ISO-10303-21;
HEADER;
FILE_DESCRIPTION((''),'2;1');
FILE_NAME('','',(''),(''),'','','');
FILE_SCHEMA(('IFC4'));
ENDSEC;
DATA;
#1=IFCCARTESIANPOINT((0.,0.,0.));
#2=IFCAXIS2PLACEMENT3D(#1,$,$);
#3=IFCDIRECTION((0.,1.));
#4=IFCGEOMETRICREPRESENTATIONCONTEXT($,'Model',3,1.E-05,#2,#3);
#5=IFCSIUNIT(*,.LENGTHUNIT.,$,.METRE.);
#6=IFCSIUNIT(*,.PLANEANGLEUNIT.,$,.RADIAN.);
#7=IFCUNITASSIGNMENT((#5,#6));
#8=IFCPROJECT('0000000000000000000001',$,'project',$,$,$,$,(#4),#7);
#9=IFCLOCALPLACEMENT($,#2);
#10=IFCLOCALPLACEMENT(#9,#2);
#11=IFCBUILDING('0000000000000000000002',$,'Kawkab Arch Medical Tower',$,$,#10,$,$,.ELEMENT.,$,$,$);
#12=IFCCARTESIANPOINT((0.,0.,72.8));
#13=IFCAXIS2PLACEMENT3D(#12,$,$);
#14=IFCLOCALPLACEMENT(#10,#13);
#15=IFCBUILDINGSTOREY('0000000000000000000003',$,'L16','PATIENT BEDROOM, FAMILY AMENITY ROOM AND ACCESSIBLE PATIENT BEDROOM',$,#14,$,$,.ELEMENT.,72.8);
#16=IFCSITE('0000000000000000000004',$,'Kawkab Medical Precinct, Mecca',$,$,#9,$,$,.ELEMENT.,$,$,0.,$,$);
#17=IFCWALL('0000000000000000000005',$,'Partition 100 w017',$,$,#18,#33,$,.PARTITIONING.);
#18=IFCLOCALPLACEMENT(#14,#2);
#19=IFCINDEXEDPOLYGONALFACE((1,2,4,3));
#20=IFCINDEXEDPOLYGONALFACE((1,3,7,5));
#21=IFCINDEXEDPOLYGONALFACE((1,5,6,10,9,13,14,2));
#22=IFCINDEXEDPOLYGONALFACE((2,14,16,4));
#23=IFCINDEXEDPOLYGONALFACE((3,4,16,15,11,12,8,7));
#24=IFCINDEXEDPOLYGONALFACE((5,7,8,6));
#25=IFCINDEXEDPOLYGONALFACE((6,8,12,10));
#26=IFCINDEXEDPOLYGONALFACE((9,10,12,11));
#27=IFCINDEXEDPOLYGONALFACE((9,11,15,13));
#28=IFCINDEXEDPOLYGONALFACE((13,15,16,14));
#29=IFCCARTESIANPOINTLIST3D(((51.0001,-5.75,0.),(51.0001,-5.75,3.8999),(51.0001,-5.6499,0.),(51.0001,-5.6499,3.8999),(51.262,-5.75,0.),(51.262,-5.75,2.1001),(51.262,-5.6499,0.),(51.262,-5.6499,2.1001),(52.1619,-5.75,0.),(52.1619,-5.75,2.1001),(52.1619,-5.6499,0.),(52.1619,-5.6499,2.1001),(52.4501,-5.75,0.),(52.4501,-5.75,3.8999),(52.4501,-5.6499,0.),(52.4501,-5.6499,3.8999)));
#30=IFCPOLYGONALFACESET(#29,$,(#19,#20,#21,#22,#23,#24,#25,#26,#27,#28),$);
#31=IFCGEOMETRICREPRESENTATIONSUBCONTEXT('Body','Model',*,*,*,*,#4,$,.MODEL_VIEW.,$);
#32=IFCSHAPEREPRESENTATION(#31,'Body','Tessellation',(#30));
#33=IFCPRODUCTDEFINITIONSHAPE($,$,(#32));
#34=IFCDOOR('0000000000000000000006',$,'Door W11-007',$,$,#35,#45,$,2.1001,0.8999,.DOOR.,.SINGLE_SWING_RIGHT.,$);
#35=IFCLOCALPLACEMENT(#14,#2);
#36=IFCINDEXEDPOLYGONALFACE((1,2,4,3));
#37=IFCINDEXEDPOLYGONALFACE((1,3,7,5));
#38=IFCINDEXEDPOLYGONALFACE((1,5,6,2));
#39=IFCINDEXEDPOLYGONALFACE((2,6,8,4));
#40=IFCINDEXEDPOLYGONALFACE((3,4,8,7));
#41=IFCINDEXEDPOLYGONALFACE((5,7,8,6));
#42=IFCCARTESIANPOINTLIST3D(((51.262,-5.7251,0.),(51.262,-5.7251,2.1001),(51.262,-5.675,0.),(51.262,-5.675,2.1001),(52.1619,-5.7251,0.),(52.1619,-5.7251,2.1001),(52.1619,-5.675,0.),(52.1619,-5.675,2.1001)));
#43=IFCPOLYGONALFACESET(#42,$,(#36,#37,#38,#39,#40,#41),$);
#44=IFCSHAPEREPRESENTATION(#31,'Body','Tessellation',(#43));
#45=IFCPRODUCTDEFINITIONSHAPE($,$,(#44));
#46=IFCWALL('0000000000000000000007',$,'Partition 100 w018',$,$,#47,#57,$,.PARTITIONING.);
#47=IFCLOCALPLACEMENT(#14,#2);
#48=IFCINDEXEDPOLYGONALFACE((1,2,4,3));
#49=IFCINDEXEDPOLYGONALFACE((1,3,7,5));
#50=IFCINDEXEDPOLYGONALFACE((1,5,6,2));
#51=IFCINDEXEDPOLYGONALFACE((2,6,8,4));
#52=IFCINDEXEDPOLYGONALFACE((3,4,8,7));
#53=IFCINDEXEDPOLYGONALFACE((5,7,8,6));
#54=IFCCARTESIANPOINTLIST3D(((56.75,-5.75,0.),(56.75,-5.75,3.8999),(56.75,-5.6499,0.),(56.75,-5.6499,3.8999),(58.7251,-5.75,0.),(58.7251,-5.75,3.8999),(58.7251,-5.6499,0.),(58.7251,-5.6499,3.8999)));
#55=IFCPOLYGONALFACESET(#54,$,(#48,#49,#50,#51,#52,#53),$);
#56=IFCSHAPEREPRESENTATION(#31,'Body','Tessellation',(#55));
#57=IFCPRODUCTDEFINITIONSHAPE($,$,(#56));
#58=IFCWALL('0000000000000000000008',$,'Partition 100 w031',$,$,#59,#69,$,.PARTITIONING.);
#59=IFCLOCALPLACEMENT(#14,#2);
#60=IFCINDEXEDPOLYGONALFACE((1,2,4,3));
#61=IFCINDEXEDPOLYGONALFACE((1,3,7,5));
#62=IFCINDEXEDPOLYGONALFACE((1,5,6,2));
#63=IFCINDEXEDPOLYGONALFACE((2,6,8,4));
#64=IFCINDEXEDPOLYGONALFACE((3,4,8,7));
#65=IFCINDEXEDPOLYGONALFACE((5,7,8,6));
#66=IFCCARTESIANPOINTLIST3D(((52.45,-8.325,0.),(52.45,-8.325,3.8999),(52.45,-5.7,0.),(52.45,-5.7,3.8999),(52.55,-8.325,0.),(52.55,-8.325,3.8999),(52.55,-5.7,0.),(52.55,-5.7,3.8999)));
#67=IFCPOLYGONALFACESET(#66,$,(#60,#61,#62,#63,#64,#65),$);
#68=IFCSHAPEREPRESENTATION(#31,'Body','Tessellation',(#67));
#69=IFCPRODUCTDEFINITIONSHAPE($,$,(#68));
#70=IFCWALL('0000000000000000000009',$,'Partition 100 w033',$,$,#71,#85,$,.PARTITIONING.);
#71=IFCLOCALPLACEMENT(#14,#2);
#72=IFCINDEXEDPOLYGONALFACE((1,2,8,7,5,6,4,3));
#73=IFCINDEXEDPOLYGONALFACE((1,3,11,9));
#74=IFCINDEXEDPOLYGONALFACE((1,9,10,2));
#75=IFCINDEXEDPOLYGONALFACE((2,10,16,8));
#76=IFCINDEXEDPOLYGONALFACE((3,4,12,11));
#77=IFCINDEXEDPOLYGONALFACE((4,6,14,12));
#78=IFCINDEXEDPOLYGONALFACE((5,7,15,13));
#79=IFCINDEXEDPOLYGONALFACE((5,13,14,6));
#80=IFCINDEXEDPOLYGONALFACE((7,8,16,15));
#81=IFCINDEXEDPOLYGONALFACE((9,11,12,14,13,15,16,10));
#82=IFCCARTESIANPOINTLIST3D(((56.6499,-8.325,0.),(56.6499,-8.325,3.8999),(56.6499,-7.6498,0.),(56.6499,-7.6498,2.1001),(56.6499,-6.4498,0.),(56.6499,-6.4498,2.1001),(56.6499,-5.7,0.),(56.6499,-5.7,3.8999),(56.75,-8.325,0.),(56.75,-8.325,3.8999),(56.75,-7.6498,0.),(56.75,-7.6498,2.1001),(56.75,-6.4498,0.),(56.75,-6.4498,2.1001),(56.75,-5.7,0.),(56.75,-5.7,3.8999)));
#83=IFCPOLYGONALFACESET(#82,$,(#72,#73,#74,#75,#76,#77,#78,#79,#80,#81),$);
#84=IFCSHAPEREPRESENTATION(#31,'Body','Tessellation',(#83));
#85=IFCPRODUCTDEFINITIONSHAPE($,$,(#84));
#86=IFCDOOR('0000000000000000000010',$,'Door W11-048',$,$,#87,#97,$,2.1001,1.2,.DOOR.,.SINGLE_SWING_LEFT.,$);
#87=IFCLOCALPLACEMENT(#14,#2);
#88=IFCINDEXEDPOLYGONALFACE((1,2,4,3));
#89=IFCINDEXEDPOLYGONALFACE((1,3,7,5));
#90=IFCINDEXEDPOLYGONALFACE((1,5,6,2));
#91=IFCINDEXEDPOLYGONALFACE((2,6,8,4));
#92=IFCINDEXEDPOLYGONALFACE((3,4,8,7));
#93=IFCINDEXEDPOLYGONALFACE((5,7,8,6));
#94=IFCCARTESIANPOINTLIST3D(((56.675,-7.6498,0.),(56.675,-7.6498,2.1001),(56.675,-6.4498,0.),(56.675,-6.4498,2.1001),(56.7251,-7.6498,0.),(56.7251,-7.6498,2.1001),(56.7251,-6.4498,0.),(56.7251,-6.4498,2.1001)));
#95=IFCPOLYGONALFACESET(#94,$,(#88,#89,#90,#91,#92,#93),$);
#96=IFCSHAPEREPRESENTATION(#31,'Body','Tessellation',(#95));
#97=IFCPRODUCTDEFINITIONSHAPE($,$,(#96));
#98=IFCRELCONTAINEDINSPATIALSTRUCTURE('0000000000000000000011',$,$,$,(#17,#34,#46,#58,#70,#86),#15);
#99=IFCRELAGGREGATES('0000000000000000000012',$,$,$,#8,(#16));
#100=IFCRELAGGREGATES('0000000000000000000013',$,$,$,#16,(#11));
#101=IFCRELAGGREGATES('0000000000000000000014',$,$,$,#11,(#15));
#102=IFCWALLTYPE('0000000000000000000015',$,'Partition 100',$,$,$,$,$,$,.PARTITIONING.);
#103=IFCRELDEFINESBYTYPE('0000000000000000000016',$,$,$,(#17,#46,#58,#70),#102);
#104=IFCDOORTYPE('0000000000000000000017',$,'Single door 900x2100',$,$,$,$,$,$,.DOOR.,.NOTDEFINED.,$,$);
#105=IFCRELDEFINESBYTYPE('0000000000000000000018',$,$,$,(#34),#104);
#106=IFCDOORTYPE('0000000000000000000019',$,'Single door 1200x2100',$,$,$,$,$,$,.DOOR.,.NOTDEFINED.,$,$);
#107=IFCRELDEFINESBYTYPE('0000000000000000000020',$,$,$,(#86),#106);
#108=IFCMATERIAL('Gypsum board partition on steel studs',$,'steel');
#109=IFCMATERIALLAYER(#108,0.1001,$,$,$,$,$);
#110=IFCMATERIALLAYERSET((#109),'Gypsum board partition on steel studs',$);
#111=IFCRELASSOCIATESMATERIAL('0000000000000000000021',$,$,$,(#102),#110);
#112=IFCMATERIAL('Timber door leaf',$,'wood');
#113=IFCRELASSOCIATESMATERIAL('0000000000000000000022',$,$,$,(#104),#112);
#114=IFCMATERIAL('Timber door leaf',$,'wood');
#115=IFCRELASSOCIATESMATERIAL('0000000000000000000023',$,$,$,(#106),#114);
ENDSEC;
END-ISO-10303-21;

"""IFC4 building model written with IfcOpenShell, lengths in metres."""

from ifc_helpers import new_model, si_unit, direction, frame, frame_2d, origin, place, context, subcontext, project, spatial, rectangle, extrude, material, layer, layer_set, type_object, element, fill, save


model = new_model("IFC4")

# Units and contexts
model_context = context("Model", 3, precision=1e-05, world=origin(), true_north=direction((0.0, 1.0)))
body_context = subcontext(model_context, "Body", "Model", "MODEL_VIEW")
ifc_project = project(units=[si_unit("LENGTHUNIT", "METRE"), si_unit("PLANEANGLEUNIT", "RADIAN")], contexts=[model_context])

# Site, building, storey
site_placement = place(None, origin())
site = spatial("IfcSite", under=ifc_project, at=site_placement, Name="Kawkab Medical Precinct, Mecca", CompositionType="ELEMENT", RefElevation=0.0)
building_placement = place(site_placement, origin())
building = spatial("IfcBuilding", under=site, at=building_placement, Name="Kawkab Arch Medical Tower", CompositionType="ELEMENT")
storey_placement = place(building_placement, frame((0.0, 0.0, 72.8)))
storey = spatial("IfcBuildingStorey", under=building, at=storey_placement, Name="L16", Description="PATIENT BEDROOM, FAMILY AMENITY ROOM AND ACCESSIBLE PATIENT BEDROOM", CompositionType="ELEMENT", Elevation=72.8)

# Wall, opening, door
ifc_material_1 = material(Name="Gypsum board partition on steel studs", Category="steel")
ifc_layer_1 = layer(ifc_material_1, 0.1001)
ifc_layer_set_1 = layer_set([ifc_layer_1], Name="Gypsum board partition on steel studs")
wall_type_1 = type_object("IfcWallType", Name="Partition 100", PredefinedType="PARTITIONING", material=ifc_layer_set_1)
wall_1_placement = place(storey_placement, frame((51.0, -5.7, 0.0), z_axis=(0.0, 0.0, 1.0), x_axis=(1.0, 0.0, 0.0)))
wall_1 = element("IfcWall", 1, at=wall_1_placement, inside=storey, type_object=wall_type_1, Name="Partition 100 w017", PredefinedType="PARTITIONING", context=body_context, shape_type="SweptSolid", body=[
    extrude(rectangle(XDim=1.45, YDim=0.1001, at=frame_2d((0.7251, 0.0))), origin(), (0.0, 0.0, 1.0), 3.8999),
])
opening_1_placement = place(wall_1_placement, frame((0.262, 0.0, 0.0)))
opening_1 = element("IfcOpeningElement", 2, at=opening_1_placement, cuts=wall_1, PredefinedType="OPENING", context=body_context, shape_type="SweptSolid", body=[
    extrude(rectangle(XDim=0.8999, YDim=2.1001, at=frame_2d((0.45, 1.05))), frame((0.0, 0.0601, 0.0), z_axis=(0.0, -1.0, 0.0), x_axis=(1.0, 0.0, 0.0)), (0.0, 0.0, 1.0), 0.1201),
])
ifc_material_2 = material(Name="Timber door leaf", Category="wood")
door_type_1 = type_object("IfcDoorType", Name="Single door 900x2100", OperationType="NOTDEFINED", PredefinedType="DOOR", material=ifc_material_2)
door_1_placement = place(opening_1_placement, origin())
door_1 = element("IfcDoor", 3, at=door_1_placement, inside=storey, type_object=door_type_1, Name="Door W11-007", OperationType="SINGLE_SWING_RIGHT", OverallHeight=2.1001, OverallWidth=0.8999, PredefinedType="DOOR", context=body_context, shape_type="SweptSolid", body=[
    extrude(rectangle(XDim=0.8999, YDim=2.1001, at=frame_2d((0.45, 1.05))), frame((0.0, 0.0249, 0.0), z_axis=(0.0, -1.0, 0.0), x_axis=(1.0, 0.0, 0.0)), (0.0, 0.0, 1.0), 0.05),
])
fill(opening_1, door_1)

# Walls
wall_2_placement = place(storey_placement, frame((56.75, -5.7, 0.0), z_axis=(0.0, 0.0, 1.0), x_axis=(1.0, 0.0, 0.0)))
element("IfcWall", 4, at=wall_2_placement, inside=storey, type_object=wall_type_1, Name="Partition 100 w018", PredefinedType="PARTITIONING", context=body_context, shape_type="SweptSolid", body=[
    extrude(rectangle(XDim=1.9751, YDim=0.1001, at=frame_2d((0.9875, 0.0))), origin(), (0.0, 0.0, 1.0), 3.8999),
])
wall_3_placement = place(storey_placement, frame((52.5, -8.325, 0.0), z_axis=(0.0, 0.0, 1.0), x_axis=(0.0, 1.0, 0.0)))
element("IfcWall", 5, at=wall_3_placement, inside=storey, type_object=wall_type_1, Name="Partition 100 w031", PredefinedType="PARTITIONING", context=body_context, shape_type="SweptSolid", body=[
    extrude(rectangle(XDim=2.625, YDim=0.1001, at=frame_2d((1.3125, 0.0))), origin(), (0.0, 0.0, 1.0), 3.8999),
])

# Wall, opening, door
wall_4_placement = place(storey_placement, frame((56.7, -8.325, 0.0), z_axis=(0.0, 0.0, 1.0), x_axis=(0.0, 1.0, 0.0)))
wall_4 = element("IfcWall", 6, at=wall_4_placement, inside=storey, type_object=wall_type_1, Name="Partition 100 w033", PredefinedType="PARTITIONING", context=body_context, shape_type="SweptSolid", body=[
    extrude(rectangle(XDim=2.625, YDim=0.1001, at=frame_2d((1.3125, 0.0))), origin(), (0.0, 0.0, 1.0), 3.8999),
])
opening_2_placement = place(wall_4_placement, frame((0.675, 0.0, 0.0)))
opening_2 = element("IfcOpeningElement", 7, at=opening_2_placement, cuts=wall_4, PredefinedType="OPENING", context=body_context, shape_type="SweptSolid", body=[
    extrude(rectangle(XDim=1.2, YDim=2.1001, at=frame_2d((0.6001, 1.05))), frame((0.0, 0.0601, 0.0), z_axis=(0.0, -1.0, 0.0), x_axis=(1.0, 0.0, 0.0)), (0.0, 0.0, 1.0), 0.1201),
])
ifc_material_3 = material(Name="Timber door leaf", Category="wood")
door_type_2 = type_object("IfcDoorType", Name="Single door 1200x2100", OperationType="NOTDEFINED", PredefinedType="DOOR", material=ifc_material_3)
door_2_placement = place(opening_2_placement, origin())
door_2 = element("IfcDoor", 8, at=door_2_placement, inside=storey, type_object=door_type_2, Name="Door W11-048", OperationType="SINGLE_SWING_LEFT", OverallHeight=2.1001, OverallWidth=1.2, PredefinedType="DOOR", context=body_context, shape_type="SweptSolid", body=[
    extrude(rectangle(XDim=1.2, YDim=2.1001, at=frame_2d((0.6001, 1.05))), frame((0.0, 0.0249, 0.0), z_axis=(0.0, -1.0, 0.0), x_axis=(1.0, 0.0, 0.0)), (0.0, 0.0, 1.0), 0.05),
])
fill(opening_2, door_2)

save(model, "model.ifc")
